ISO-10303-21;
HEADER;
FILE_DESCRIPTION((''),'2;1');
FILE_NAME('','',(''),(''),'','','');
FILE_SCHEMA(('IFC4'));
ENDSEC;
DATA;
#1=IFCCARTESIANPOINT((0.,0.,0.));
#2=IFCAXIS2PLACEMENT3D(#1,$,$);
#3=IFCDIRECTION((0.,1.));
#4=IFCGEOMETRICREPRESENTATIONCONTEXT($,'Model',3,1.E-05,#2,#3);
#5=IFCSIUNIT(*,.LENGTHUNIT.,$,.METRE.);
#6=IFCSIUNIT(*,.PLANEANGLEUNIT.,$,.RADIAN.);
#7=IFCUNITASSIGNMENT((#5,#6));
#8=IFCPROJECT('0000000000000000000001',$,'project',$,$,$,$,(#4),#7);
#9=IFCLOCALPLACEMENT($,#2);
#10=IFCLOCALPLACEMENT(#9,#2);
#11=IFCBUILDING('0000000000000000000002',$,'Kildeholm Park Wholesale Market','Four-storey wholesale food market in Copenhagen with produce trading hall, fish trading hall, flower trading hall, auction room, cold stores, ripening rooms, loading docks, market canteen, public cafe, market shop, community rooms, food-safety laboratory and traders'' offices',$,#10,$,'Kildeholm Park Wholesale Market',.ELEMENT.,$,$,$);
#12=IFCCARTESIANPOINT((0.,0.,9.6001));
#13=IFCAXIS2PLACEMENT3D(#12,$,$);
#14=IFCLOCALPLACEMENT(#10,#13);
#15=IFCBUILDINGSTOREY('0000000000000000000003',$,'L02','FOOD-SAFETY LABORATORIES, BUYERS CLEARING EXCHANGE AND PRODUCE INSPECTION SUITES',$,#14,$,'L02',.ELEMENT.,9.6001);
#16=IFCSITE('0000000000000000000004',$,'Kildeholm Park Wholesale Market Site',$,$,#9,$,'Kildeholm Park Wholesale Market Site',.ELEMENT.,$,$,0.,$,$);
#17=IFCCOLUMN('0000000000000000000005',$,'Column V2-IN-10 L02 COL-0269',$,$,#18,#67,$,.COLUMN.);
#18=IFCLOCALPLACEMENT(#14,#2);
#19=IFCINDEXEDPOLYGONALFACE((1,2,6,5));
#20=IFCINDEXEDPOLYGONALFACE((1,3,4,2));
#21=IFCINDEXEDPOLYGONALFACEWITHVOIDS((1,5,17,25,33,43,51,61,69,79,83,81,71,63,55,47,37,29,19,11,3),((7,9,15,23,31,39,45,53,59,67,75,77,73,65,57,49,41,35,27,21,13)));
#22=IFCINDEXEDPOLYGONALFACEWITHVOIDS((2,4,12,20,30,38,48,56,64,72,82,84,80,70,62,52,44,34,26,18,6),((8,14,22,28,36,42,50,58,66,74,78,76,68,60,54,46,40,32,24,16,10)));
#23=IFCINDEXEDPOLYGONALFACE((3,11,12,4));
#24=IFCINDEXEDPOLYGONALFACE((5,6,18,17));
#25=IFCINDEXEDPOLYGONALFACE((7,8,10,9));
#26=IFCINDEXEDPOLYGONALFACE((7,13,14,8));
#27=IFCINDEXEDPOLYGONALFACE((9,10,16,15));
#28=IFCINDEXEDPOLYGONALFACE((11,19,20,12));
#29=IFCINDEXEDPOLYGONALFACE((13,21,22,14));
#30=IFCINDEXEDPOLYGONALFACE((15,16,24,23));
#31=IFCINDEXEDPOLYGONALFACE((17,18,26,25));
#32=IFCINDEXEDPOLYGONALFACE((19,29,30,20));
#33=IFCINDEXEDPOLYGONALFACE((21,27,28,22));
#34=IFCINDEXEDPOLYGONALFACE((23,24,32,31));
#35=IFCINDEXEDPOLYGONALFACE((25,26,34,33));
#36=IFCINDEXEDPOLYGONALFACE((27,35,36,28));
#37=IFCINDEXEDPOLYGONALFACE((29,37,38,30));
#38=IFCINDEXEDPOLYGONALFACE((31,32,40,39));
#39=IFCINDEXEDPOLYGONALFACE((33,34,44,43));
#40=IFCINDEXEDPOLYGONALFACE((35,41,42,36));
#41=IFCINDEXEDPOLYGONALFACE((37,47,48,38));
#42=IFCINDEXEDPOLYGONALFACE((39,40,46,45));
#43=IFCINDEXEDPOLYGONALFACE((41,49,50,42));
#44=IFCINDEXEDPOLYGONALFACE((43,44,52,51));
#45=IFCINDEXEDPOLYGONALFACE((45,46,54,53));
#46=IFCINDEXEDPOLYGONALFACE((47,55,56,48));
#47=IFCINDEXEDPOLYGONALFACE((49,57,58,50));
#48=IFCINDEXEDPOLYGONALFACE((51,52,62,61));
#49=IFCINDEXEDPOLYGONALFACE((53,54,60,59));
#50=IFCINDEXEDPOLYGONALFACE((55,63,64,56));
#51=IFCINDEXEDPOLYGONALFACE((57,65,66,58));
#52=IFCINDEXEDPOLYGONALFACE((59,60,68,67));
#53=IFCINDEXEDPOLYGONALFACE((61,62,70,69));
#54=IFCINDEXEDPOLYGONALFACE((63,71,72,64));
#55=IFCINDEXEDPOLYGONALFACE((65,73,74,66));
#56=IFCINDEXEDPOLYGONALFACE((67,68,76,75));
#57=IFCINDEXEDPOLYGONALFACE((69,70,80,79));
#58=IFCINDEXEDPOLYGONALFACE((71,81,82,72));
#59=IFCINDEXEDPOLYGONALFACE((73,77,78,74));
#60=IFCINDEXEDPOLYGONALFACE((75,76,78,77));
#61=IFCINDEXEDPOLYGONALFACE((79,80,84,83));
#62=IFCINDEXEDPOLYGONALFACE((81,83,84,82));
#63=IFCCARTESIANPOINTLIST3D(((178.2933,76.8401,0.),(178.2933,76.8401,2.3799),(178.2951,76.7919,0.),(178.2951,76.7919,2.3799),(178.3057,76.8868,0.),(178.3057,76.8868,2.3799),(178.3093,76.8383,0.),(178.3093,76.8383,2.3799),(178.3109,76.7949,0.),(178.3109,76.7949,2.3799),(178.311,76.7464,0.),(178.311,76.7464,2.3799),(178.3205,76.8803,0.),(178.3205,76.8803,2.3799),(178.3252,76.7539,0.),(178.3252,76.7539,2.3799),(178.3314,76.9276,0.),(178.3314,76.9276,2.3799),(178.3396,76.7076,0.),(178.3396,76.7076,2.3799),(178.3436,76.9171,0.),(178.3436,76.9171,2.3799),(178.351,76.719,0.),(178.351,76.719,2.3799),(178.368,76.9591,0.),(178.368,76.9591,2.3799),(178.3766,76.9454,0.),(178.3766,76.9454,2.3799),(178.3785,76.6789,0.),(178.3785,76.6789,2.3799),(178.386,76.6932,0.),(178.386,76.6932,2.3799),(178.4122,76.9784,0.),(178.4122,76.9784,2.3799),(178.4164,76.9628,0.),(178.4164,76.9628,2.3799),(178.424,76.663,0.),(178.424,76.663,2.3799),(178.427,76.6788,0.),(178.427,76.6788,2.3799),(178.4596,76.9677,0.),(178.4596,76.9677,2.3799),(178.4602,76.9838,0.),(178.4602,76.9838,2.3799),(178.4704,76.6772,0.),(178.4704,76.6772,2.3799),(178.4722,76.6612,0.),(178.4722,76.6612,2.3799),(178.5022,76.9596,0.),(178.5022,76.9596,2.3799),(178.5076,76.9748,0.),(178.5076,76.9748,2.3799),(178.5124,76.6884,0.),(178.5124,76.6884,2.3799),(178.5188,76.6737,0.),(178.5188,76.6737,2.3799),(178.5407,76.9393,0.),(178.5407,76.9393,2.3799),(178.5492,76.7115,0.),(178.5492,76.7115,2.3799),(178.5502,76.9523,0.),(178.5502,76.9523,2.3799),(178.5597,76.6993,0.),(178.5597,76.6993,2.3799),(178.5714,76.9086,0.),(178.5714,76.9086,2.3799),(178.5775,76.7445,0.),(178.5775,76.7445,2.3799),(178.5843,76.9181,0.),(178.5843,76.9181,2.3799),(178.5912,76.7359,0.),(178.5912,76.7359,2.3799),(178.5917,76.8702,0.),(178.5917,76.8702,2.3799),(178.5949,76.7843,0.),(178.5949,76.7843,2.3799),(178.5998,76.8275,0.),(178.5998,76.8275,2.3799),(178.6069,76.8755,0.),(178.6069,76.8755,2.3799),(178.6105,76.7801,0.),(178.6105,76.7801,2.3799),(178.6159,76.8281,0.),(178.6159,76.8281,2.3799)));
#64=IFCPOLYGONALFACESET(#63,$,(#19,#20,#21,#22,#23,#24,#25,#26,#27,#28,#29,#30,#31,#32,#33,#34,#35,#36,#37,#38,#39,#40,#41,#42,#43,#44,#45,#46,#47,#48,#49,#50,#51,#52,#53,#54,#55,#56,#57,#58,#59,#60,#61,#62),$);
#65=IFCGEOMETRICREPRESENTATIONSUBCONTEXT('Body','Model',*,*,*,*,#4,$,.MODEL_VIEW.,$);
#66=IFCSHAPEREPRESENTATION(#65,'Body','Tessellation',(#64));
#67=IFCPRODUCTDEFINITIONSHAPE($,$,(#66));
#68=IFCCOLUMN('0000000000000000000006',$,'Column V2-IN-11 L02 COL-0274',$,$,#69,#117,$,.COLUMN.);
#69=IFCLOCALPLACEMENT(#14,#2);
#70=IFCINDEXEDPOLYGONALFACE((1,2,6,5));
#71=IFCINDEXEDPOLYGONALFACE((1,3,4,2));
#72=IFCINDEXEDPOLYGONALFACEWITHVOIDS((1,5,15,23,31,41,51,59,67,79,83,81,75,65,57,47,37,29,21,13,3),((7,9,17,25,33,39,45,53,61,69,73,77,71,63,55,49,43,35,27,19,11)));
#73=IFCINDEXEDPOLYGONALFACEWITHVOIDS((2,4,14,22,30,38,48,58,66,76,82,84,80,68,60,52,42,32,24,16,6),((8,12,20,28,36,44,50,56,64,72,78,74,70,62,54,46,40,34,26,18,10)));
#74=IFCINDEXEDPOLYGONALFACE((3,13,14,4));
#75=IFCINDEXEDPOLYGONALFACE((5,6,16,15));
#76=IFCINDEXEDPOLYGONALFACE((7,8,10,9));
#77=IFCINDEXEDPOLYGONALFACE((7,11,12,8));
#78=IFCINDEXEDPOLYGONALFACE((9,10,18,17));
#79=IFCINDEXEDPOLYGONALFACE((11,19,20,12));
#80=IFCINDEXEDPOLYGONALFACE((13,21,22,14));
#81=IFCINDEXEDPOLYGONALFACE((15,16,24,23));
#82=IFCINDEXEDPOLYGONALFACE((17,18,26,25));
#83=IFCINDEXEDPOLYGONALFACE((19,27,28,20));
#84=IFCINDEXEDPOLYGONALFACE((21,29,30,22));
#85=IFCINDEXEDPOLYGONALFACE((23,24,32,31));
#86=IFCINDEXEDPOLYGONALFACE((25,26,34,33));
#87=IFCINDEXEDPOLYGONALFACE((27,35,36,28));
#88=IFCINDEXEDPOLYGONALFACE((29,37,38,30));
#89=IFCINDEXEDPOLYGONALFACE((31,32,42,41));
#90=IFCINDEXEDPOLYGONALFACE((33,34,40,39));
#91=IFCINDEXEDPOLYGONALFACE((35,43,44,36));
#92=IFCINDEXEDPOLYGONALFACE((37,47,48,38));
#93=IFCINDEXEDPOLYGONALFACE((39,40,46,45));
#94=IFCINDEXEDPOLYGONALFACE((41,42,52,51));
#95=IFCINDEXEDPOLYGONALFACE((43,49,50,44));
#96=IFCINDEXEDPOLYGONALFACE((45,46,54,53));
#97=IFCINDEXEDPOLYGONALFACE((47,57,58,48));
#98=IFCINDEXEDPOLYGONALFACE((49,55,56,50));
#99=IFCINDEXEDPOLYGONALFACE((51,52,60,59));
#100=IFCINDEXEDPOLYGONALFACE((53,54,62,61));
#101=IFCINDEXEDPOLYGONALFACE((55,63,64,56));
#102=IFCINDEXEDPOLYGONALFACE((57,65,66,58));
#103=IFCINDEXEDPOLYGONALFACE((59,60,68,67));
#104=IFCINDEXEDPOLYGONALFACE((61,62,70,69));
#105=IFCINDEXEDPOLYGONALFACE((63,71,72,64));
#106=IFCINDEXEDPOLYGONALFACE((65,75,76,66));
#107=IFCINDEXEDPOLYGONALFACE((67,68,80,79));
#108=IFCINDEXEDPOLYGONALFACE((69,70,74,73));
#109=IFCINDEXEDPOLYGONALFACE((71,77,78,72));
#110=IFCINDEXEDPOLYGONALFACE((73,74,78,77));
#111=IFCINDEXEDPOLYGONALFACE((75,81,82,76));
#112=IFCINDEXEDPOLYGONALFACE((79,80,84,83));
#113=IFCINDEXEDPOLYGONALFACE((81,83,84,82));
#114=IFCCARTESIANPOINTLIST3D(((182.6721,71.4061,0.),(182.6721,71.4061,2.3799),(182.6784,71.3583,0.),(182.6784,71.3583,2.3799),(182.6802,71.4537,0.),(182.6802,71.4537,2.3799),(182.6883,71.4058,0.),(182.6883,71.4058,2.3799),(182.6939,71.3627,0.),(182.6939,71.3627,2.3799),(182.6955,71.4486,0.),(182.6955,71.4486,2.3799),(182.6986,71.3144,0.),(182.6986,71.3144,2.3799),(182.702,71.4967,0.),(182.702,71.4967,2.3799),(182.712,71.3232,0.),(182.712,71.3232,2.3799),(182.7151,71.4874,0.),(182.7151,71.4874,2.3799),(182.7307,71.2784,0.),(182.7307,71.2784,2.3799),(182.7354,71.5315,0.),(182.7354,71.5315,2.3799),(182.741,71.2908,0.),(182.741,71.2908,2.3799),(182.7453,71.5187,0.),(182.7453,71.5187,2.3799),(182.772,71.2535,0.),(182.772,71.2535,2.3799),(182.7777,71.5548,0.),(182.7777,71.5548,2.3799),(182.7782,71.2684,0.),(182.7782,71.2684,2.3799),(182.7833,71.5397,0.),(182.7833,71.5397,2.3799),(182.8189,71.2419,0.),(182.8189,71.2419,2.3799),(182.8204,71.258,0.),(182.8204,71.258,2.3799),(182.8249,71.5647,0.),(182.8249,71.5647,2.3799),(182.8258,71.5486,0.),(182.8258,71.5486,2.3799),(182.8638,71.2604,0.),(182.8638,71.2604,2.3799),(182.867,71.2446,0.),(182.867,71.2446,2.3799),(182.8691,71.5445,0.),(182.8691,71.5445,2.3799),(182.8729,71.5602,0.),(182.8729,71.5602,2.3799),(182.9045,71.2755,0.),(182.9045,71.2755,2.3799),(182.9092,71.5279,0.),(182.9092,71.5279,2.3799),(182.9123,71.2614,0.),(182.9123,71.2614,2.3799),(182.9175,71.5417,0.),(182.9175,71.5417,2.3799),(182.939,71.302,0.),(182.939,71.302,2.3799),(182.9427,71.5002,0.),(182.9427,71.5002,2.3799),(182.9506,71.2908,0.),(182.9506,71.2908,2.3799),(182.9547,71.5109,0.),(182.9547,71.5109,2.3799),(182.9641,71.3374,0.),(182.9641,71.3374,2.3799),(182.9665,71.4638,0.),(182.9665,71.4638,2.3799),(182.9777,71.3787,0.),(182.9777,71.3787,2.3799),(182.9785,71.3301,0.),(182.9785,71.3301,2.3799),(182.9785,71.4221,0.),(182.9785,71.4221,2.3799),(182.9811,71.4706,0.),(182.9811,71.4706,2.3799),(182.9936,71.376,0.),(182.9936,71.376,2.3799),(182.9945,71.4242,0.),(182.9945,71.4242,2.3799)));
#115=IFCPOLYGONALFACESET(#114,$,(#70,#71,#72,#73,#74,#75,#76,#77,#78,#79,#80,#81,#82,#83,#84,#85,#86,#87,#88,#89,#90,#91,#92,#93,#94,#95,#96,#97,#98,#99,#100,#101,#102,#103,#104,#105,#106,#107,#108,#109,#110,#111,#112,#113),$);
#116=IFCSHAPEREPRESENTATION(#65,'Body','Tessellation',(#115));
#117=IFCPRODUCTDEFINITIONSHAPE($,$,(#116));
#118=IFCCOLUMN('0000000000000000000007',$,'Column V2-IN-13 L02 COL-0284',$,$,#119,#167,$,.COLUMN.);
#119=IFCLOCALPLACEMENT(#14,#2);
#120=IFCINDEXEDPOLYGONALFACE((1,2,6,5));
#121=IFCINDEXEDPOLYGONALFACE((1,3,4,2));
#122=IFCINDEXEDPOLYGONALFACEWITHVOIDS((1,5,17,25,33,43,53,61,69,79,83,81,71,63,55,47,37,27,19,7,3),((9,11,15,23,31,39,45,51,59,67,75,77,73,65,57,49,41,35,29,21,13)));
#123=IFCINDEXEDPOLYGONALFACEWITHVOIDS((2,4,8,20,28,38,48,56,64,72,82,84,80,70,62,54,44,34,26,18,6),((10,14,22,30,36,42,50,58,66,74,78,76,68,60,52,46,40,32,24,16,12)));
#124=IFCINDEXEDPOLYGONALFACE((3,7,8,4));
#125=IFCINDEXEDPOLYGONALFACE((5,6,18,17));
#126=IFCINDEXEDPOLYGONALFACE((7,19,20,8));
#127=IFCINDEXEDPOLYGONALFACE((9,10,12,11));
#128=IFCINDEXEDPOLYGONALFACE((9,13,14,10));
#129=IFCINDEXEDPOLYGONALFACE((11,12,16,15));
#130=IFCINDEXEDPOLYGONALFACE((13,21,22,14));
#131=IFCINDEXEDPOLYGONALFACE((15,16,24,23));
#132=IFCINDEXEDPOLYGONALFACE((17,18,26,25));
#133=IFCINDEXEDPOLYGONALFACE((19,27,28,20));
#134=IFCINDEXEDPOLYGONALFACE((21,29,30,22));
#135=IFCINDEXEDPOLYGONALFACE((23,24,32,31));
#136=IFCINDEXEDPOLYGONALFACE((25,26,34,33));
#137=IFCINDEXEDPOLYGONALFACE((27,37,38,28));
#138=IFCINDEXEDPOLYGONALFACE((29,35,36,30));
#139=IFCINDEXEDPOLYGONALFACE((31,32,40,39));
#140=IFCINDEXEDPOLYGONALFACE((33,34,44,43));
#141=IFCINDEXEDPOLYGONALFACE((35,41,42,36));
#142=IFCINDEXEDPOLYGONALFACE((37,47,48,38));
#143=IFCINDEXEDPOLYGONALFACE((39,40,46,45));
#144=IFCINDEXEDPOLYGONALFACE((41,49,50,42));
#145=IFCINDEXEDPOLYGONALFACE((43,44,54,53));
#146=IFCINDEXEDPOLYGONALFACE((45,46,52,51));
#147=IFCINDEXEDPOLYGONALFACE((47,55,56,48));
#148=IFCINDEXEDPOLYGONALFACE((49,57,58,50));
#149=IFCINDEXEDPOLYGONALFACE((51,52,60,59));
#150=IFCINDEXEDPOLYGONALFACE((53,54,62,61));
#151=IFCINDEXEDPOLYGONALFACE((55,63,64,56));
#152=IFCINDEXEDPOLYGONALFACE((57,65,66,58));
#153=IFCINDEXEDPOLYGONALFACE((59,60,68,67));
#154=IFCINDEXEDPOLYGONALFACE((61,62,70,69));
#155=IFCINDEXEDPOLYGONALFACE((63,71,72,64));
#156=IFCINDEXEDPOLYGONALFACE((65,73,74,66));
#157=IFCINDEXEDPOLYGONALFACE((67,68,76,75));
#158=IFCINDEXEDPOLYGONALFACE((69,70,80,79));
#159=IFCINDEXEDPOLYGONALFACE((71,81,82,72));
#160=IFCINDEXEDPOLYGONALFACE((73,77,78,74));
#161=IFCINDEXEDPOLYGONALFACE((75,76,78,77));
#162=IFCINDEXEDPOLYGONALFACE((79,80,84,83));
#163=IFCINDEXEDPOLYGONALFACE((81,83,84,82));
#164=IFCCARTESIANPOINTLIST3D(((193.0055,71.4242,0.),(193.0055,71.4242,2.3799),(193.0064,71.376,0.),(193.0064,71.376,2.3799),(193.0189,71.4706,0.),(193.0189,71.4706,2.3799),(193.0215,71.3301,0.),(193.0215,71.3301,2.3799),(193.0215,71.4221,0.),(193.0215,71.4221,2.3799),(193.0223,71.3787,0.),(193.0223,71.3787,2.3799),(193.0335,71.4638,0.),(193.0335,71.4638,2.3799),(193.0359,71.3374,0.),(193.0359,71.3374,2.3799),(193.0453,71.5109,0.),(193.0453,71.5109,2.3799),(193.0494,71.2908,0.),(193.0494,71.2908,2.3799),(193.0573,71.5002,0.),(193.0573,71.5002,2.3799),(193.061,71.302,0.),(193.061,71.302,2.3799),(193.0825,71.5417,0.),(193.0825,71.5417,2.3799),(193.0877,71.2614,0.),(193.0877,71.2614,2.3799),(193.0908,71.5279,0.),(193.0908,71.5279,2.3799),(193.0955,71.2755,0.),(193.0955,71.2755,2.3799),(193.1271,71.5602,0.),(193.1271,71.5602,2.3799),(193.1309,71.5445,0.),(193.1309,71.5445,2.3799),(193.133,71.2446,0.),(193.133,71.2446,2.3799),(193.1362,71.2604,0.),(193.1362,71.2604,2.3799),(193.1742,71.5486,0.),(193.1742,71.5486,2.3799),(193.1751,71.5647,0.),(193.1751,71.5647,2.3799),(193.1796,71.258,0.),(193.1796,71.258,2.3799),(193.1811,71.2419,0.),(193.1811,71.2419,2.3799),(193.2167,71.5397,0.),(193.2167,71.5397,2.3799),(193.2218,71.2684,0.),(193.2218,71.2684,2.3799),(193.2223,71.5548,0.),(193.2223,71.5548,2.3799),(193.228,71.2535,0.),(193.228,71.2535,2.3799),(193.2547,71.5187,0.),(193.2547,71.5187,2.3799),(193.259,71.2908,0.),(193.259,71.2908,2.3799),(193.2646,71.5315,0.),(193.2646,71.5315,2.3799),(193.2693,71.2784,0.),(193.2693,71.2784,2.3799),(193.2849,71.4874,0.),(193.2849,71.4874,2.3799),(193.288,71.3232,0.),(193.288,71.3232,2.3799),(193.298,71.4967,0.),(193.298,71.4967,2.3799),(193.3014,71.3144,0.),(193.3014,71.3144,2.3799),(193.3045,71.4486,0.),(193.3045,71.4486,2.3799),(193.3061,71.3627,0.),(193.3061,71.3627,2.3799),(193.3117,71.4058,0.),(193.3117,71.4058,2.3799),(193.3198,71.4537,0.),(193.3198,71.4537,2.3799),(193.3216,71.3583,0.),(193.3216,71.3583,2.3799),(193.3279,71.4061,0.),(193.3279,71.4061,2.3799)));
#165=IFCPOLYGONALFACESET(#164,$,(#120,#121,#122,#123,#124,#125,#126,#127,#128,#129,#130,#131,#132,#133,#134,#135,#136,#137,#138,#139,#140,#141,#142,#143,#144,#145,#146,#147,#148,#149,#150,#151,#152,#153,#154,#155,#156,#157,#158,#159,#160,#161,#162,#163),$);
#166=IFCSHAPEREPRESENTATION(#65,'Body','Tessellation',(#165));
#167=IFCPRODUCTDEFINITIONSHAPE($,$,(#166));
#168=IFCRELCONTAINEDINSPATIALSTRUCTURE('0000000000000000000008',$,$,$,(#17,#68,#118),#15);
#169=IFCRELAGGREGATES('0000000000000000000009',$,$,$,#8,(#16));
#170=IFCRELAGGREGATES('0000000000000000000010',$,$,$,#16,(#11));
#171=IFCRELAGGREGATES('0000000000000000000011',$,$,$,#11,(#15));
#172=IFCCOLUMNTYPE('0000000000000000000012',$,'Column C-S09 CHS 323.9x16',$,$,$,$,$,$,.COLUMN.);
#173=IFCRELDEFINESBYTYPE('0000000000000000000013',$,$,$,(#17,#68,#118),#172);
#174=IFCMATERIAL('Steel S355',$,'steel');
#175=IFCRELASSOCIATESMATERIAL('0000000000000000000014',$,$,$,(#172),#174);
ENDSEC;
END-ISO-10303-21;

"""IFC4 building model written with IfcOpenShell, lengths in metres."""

from ifc_helpers import new_model, si_unit, direction, frame, origin, origin_2d, place, context, subcontext, project, spatial, hollow_circle, extrude, material, material_profile, profile_set, type_object, element, save


model = new_model("IFC4")

# Units and contexts
model_context = context("Model", 3, precision=1e-05, world=origin(), true_north=direction((0.0, 1.0)))
body_context = subcontext(model_context, "Body", "Model", "MODEL_VIEW")
ifc_project = project(units=[si_unit("LENGTHUNIT", "METRE"), si_unit("PLANEANGLEUNIT", "RADIAN")], contexts=[model_context])

# Site, building, storey
site_placement = place(None, origin())
site = spatial("IfcSite", under=ifc_project, at=site_placement, Name="Kildeholm Park Wholesale Market Site", LongName="Kildeholm Park Wholesale Market Site", CompositionType="ELEMENT", RefElevation=0.0)
building_placement = place(site_placement, origin())
building = spatial("IfcBuilding", under=site, at=building_placement, Name="Kildeholm Park Wholesale Market", Description="Four-storey wholesale food market in Copenhagen with produce trading hall, fish trading hall, flower trading hall, auction room, cold stores, ripening rooms, loading docks, market canteen, public cafe, market shop, community rooms, food-safety laboratory and traders' offices", LongName="Kildeholm Park Wholesale Market", CompositionType="ELEMENT")
storey_placement = place(building_placement, frame((0.0, 0.0, 9.6001)))
storey = spatial("IfcBuildingStorey", under=building, at=storey_placement, Name="L02", Description="FOOD-SAFETY LABORATORIES, BUYERS CLEARING EXCHANGE AND PRODUCE INSPECTION SUITES", LongName="L02", CompositionType="ELEMENT", Elevation=9.6001)

# Columns
ifc_material_1 = material(Name="Steel S355", Category="steel")
ifc_material_profile_1 = material_profile(ifc_material_1, hollow_circle(Radius=0.1619, WallThickness=0.0161, at=origin_2d()), Name="CHS 323.9x16")
ifc_profile_set_1 = profile_set([ifc_material_profile_1], Name="Steel S355")
column_type = type_object("IfcColumnType", Name="Column C-S09 CHS 323.9x16", PredefinedType="COLUMN", material=ifc_profile_set_1)
for number, where, z_axis, x_axis, name in (
    (1, (178.4541, 76.822, 0.0), (0.0, 0.0, 1.0), (-0.707107, -0.707107, 0.0), "Column V2-IN-10 L02 COL-0269"),
    (2, (182.834, 71.4031, 0.0), (0.0, 0.0, 1.0), (-0.382683, -0.92388, 0.0), "Column V2-IN-11 L02 COL-0274"),
    (3, (193.166, 71.4031, 0.0), (0.0, 0.0, 1.0), (0.382683, -0.92388, 0.0), "Column V2-IN-13 L02 COL-0284"),
):
    element("IfcColumn", number, at=place(storey_placement, frame(where, z_axis=z_axis, x_axis=x_axis)), inside=storey, type_object=column_type, Name=name, PredefinedType="COLUMN", context=body_context, shape_type="SweptSolid", body=[
        extrude(hollow_circle(Radius=0.1619, WallThickness=0.0161, at=origin_2d()), origin(), (0.0, 0.0, 1.0), 2.3799),
    ])

save(model, "model.ifc")
